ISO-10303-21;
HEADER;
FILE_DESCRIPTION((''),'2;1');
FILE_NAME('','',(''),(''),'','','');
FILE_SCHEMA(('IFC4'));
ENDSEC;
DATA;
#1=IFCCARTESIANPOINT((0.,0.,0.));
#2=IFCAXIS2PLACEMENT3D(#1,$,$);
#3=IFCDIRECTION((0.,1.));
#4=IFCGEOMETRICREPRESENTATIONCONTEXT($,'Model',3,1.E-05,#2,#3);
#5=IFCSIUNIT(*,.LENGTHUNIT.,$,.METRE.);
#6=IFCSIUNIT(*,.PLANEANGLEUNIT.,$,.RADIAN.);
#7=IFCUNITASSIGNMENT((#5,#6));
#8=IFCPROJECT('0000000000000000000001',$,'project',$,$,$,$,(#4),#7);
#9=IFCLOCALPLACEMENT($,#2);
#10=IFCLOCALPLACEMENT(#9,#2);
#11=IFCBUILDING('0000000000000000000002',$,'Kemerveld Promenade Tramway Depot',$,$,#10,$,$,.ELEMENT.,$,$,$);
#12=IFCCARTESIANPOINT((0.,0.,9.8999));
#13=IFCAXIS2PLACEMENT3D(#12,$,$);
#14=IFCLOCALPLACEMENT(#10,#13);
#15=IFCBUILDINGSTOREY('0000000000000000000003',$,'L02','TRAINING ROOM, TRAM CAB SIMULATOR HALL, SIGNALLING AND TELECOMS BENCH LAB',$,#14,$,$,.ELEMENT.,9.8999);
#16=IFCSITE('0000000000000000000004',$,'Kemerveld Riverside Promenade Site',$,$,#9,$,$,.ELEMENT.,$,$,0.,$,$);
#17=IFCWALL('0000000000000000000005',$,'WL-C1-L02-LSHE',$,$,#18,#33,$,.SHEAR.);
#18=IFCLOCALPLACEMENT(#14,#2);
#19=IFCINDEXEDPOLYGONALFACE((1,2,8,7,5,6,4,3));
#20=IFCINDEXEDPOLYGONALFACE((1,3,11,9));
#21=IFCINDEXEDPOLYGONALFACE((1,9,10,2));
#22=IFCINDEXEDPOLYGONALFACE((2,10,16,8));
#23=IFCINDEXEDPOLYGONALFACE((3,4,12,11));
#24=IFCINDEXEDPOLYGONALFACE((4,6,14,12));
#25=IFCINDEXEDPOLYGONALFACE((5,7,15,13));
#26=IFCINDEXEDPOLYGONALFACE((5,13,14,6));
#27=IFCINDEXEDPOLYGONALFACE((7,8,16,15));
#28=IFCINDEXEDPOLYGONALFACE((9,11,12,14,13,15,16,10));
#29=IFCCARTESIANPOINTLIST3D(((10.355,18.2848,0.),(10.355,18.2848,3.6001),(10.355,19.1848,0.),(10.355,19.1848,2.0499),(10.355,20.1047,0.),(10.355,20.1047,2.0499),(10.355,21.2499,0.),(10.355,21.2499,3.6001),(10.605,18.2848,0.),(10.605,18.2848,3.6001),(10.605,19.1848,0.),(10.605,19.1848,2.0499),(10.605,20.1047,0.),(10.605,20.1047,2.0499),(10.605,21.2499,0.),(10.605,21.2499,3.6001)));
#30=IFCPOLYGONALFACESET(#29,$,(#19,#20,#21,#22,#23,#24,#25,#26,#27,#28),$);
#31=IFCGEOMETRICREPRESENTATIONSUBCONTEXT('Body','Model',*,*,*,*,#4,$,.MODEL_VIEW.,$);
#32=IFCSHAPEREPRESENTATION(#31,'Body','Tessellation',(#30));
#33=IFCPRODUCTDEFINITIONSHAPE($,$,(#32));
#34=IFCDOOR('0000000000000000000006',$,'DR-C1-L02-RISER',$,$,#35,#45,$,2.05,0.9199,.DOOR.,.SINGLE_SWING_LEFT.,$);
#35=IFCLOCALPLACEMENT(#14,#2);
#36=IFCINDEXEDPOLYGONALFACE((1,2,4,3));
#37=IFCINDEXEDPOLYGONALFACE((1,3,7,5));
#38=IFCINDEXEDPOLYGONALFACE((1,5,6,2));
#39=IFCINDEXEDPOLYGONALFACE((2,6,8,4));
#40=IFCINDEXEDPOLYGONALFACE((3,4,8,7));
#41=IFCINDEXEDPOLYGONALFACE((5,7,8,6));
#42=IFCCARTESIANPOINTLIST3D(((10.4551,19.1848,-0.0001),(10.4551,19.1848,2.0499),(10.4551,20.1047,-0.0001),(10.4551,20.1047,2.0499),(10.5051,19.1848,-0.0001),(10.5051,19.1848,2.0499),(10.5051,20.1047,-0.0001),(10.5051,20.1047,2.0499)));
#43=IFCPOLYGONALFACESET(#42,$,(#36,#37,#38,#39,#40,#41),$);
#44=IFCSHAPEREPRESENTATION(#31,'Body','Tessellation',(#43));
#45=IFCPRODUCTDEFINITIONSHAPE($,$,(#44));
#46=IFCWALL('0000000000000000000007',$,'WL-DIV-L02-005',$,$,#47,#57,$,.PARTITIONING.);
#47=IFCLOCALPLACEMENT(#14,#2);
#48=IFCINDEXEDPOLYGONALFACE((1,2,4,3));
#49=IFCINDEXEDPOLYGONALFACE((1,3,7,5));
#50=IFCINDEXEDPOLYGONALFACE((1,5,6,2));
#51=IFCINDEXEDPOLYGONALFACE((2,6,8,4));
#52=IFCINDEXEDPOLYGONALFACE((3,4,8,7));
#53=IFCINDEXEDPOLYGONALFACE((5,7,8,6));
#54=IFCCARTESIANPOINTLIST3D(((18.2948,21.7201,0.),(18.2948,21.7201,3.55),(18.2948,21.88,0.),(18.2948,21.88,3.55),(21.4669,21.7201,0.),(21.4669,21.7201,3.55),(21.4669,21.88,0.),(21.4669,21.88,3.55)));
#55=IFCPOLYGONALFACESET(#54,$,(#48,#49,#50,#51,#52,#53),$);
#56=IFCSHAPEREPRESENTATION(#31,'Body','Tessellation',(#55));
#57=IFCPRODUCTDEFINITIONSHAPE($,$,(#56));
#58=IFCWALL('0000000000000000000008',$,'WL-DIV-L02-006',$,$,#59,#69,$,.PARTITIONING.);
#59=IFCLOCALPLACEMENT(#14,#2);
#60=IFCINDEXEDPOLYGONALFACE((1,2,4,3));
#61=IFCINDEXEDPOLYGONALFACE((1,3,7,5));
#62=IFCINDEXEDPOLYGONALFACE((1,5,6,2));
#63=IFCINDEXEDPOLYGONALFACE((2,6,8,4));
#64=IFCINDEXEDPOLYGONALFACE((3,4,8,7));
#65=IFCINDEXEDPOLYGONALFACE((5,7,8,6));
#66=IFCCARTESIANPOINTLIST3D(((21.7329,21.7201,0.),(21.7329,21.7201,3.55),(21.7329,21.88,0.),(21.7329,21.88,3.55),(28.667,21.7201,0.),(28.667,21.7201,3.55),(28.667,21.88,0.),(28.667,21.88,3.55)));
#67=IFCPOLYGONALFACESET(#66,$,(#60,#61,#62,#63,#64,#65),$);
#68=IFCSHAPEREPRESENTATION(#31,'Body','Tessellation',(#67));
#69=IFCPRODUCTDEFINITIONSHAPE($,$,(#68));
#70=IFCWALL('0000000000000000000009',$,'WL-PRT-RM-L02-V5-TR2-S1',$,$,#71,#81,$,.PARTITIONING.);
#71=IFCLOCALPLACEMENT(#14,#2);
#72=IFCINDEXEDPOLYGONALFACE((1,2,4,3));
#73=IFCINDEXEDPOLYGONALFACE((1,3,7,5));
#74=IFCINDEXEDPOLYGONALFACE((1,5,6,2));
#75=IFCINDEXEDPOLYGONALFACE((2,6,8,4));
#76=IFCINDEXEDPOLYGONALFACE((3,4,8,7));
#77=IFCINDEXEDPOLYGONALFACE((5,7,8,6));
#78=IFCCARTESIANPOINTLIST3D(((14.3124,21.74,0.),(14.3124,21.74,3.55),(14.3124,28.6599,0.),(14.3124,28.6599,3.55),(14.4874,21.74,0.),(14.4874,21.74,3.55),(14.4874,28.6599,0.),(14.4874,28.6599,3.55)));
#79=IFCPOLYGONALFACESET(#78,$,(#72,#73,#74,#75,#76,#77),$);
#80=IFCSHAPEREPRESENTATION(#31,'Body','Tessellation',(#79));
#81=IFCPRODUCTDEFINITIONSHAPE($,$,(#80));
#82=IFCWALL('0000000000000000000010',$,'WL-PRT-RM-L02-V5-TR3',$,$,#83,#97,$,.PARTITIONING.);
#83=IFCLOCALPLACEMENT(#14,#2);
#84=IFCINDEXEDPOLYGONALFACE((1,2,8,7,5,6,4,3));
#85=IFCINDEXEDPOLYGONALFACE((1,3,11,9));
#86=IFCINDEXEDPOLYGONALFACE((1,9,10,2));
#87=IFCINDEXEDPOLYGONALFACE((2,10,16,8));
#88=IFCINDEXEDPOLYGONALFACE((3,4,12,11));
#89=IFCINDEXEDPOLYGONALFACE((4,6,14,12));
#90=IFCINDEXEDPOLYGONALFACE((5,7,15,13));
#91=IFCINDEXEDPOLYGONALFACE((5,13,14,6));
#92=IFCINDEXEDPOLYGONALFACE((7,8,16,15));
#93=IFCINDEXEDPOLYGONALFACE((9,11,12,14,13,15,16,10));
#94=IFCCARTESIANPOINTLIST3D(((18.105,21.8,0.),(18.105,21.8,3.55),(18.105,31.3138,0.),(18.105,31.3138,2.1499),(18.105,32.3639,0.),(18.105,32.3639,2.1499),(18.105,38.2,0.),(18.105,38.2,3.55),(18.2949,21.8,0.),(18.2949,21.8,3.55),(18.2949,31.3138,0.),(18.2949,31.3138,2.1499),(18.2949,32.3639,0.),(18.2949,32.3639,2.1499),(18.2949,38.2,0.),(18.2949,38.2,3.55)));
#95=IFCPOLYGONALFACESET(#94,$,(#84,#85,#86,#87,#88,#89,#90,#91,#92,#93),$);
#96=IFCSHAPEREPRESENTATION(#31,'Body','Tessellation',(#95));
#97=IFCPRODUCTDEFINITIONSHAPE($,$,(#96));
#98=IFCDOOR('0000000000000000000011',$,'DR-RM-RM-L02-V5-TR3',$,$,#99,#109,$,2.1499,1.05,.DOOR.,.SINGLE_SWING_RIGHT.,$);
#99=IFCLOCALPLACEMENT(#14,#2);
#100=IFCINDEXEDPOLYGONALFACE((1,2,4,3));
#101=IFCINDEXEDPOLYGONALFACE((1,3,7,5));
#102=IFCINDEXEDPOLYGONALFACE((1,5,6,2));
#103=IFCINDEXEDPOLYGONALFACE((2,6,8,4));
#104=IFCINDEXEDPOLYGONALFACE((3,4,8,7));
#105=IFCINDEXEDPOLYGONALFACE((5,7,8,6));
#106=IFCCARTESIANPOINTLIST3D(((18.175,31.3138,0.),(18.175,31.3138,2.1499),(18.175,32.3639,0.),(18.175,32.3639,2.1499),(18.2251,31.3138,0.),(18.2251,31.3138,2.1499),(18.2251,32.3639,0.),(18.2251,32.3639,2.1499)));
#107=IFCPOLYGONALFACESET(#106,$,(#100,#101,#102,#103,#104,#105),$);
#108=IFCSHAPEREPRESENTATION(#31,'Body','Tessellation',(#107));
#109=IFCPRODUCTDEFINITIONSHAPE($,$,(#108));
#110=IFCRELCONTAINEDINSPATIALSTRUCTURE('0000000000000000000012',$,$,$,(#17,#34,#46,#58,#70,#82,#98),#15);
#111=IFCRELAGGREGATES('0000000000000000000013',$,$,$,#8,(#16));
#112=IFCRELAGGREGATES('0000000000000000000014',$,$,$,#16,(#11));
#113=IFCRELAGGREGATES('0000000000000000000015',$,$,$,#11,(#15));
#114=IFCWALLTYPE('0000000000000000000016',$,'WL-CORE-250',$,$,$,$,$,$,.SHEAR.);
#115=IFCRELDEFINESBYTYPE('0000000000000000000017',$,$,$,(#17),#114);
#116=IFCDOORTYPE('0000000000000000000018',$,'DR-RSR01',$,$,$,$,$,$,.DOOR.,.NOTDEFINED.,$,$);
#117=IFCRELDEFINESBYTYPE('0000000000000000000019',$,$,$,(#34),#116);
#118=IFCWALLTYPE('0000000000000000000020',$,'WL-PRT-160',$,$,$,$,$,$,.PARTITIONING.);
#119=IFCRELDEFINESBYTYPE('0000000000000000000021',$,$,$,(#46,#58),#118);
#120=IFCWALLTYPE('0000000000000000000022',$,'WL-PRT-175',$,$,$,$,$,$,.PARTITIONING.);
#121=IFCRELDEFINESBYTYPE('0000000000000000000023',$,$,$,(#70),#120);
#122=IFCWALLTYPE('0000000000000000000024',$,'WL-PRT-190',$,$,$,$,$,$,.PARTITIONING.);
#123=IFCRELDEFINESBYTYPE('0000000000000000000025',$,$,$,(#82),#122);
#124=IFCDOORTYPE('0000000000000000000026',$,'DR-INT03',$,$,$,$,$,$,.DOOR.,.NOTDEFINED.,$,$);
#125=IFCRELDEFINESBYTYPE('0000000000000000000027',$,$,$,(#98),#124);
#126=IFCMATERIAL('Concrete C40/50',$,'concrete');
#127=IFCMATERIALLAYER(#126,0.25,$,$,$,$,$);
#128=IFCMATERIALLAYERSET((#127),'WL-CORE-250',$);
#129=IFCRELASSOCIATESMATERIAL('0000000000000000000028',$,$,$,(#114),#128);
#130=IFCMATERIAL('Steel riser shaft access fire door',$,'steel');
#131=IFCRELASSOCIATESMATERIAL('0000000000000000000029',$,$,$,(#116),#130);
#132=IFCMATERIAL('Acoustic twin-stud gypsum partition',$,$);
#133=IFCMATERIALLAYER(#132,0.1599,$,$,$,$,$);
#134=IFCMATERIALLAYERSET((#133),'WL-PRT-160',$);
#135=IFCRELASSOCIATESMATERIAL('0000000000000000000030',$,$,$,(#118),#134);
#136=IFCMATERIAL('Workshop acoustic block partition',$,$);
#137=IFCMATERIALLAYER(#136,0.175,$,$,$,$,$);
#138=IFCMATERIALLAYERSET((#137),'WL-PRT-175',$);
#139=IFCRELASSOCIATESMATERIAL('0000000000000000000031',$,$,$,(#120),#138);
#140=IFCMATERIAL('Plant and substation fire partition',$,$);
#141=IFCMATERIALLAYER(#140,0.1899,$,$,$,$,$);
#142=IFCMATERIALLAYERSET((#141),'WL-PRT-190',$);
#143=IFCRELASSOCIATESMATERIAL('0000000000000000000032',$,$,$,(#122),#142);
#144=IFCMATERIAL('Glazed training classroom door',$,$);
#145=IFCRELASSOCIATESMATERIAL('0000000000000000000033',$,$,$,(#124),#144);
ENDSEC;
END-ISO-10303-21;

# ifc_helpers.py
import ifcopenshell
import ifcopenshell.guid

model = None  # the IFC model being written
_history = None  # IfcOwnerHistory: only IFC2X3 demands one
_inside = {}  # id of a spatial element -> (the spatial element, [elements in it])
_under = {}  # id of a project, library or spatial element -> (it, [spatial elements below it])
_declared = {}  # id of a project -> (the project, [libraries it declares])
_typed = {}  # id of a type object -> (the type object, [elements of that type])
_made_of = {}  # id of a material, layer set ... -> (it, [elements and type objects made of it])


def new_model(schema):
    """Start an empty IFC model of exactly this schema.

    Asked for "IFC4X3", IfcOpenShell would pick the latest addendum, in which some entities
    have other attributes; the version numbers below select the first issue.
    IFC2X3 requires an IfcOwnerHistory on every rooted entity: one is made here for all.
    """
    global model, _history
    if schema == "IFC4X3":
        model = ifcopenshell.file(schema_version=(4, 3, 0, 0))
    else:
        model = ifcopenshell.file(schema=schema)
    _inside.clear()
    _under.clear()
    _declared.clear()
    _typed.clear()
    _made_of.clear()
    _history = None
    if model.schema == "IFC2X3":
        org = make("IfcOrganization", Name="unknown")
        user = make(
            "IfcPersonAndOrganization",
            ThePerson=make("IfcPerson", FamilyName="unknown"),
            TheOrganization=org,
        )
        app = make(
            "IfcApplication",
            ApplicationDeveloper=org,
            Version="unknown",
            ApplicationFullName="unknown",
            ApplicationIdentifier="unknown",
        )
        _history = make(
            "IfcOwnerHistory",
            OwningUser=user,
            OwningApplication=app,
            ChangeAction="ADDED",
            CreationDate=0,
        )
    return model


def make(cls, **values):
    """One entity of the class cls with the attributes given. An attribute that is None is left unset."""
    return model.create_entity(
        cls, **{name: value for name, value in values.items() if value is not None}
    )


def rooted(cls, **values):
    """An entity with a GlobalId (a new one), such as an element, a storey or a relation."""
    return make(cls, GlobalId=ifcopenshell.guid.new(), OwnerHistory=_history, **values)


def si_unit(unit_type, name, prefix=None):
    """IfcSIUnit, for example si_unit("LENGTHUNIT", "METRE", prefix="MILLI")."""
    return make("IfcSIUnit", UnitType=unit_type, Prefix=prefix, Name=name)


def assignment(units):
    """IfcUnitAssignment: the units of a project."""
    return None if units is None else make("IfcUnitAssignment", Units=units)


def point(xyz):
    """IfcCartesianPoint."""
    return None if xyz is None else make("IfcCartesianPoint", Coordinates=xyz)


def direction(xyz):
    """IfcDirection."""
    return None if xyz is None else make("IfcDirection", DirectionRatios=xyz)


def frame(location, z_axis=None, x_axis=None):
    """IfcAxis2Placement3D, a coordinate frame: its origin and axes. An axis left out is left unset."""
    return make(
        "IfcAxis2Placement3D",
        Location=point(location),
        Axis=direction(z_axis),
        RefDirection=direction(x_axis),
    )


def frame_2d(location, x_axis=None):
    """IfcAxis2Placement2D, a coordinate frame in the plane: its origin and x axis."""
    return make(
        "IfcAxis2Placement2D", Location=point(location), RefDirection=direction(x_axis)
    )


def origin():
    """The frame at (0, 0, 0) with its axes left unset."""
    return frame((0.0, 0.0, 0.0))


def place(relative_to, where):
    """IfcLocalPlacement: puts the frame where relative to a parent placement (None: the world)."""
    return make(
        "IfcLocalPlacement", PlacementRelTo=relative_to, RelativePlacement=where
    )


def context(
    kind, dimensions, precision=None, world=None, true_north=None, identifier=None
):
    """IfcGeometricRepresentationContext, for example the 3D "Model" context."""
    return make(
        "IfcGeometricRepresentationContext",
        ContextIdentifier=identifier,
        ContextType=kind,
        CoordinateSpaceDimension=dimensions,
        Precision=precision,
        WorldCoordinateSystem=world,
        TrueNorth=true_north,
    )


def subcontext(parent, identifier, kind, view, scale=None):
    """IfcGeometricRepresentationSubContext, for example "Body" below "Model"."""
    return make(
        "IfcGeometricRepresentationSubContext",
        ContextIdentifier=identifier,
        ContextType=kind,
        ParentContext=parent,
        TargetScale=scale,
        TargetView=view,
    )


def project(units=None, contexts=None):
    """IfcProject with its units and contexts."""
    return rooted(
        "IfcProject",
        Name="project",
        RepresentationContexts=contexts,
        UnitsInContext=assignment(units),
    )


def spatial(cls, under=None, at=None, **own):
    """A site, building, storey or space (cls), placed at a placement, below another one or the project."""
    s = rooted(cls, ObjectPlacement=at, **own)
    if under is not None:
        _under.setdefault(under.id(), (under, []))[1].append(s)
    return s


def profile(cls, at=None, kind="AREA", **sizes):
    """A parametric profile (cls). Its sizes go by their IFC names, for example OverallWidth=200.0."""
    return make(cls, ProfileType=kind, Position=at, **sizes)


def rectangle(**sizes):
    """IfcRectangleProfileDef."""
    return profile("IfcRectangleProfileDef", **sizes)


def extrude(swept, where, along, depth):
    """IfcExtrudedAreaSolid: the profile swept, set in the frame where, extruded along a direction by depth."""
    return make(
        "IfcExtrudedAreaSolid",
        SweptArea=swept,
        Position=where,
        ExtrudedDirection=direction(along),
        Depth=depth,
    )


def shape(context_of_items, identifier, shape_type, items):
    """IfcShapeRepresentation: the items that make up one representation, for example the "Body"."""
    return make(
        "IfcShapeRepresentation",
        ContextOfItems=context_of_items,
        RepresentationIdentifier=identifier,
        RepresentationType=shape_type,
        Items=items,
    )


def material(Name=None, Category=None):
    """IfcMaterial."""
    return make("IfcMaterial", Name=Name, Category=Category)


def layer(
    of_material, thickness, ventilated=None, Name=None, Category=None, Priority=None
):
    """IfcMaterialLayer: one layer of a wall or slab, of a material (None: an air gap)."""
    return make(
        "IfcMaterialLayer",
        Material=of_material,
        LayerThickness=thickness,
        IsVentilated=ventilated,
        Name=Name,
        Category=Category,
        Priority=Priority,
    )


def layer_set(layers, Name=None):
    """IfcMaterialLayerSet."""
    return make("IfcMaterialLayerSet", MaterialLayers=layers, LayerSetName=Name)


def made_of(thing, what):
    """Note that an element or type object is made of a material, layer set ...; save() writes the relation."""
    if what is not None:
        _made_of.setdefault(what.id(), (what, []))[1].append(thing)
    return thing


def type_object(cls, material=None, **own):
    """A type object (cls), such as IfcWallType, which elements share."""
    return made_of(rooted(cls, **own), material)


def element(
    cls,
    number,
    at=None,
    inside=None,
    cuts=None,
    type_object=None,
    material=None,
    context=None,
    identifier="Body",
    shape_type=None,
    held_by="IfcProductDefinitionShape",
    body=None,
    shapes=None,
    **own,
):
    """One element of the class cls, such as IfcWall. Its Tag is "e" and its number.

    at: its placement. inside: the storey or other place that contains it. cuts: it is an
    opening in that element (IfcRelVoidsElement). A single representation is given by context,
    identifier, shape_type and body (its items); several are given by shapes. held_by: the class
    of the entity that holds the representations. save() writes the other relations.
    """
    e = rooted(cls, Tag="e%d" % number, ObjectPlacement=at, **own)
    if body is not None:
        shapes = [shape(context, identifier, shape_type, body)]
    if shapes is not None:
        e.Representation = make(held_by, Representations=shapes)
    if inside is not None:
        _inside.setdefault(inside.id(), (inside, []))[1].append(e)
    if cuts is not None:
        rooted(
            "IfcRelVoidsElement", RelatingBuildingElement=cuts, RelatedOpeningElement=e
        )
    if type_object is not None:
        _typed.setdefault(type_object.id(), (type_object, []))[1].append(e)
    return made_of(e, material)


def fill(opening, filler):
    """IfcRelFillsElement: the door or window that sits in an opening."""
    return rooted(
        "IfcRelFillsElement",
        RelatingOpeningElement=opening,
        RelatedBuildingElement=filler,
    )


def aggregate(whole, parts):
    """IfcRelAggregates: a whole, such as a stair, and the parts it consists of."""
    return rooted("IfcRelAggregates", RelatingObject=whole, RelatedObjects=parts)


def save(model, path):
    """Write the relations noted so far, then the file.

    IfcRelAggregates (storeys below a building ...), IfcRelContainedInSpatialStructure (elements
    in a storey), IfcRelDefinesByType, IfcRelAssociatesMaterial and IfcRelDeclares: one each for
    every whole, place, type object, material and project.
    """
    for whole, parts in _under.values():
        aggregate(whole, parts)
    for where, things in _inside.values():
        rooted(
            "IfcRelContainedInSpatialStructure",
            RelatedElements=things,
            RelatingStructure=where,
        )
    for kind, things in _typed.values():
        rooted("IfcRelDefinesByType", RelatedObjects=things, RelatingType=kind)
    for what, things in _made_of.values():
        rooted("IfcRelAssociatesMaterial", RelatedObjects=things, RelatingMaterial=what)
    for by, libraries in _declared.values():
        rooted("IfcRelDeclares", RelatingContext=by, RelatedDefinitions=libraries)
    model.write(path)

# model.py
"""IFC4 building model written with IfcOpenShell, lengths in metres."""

from ifc_helpers import new_model, si_unit, direction, frame, frame_2d, origin, place, context, subcontext, project, spatial, rectangle, extrude, material, layer, layer_set, type_object, element, fill, save


model = new_model("IFC4")

# Units and contexts
model_context = context("Model", 3, precision=1e-05, world=origin(), true_north=direction((0.0, 1.0)))
body_context = subcontext(model_context, "Body", "Model", "MODEL_VIEW")
ifc_project = project(units=[si_unit("LENGTHUNIT", "METRE"), si_unit("PLANEANGLEUNIT", "RADIAN")], contexts=[model_context])

# Site, building, storey
site_placement = place(None, origin())
site = spatial("IfcSite", under=ifc_project, at=site_placement, Name="Kemerveld Riverside Promenade Site", CompositionType="ELEMENT", RefElevation=0.0)
building_placement = place(site_placement, origin())
building = spatial("IfcBuilding", under=site, at=building_placement, Name="Kemerveld Promenade Tramway Depot", CompositionType="ELEMENT")
storey_placement = place(building_placement, frame((0.0, 0.0, 9.8999)))
storey = spatial("IfcBuildingStorey", under=building, at=storey_placement, Name="L02", Description="TRAINING ROOM, TRAM CAB SIMULATOR HALL, SIGNALLING AND TELECOMS BENCH LAB", CompositionType="ELEMENT", Elevation=9.8999)

# Shared definitions
ifc_material_1 = material(Name="Concrete C40/50", Category="concrete")
ifc_layer_1 = layer(ifc_material_1, 0.25)
ifc_layer_set_1 = layer_set([ifc_layer_1], Name="WL-CORE-250")
wall_type_1 = type_object("IfcWallType", Name="WL-CORE-250", PredefinedType="SHEAR", material=ifc_layer_set_1)

# Wall, opening, door
wall_1_placement = place(storey_placement, frame((10.48, 18.2849, 0.0), z_axis=(0.0, 0.0, 1.0), x_axis=(0.0, 1.0, 0.0)))
wall_1 = element("IfcWall", 1, at=wall_1_placement, inside=storey, type_object=wall_type_1, Name="WL-C1-L02-LSHE", PredefinedType="SHEAR", context=body_context, shape_type="SweptSolid", body=[
    extrude(rectangle(XDim=2.9651, YDim=0.25, at=frame_2d((1.4824, 0.0))), origin(), (0.0, 0.0, 1.0), 3.6001),
])
opening_1_placement = place(wall_1_placement, frame((0.8999, 0.0, 0.0)))
opening_1 = element("IfcOpeningElement", 2, at=opening_1_placement, cuts=wall_1, PredefinedType="OPENING", context=body_context, shape_type="SweptSolid", body=[
    extrude(rectangle(XDim=0.9199, YDim=2.05, at=frame_2d((0.46, 1.0249))), frame((0.0, 0.135, 0.0), z_axis=(0.0, -1.0, 0.0), x_axis=(1.0, 0.0, 0.0)), (0.0, 0.0, 1.0), 0.27),
])
ifc_material_2 = material(Name="Steel riser shaft access fire door", Category="steel")
door_type_1 = type_object("IfcDoorType", Name="DR-RSR01", OperationType="NOTDEFINED", PredefinedType="DOOR", material=ifc_material_2)
door_1_placement = place(opening_1_placement, origin())
door_1 = element("IfcDoor", 3, at=door_1_placement, inside=storey, type_object=door_type_1, Name="DR-C1-L02-RISER", OperationType="SINGLE_SWING_LEFT", OverallHeight=2.05, OverallWidth=0.9199, PredefinedType="DOOR", context=body_context, shape_type="SweptSolid", body=[
    extrude(rectangle(XDim=0.9199, YDim=2.05, at=frame_2d((0.46, 1.0249))), frame((0.0, 0.0249, 0.0), z_axis=(0.0, -1.0, 0.0), x_axis=(1.0, 0.0, 0.0)), (0.0, 0.0, 1.0), 0.05),
])
fill(opening_1, door_1)

# Walls
ifc_material_3 = material(Name="Acoustic twin-stud gypsum partition")
ifc_layer_2 = layer(ifc_material_3, 0.1599)
ifc_layer_set_2 = layer_set([ifc_layer_2], Name="WL-PRT-160")
wall_type_2 = type_object("IfcWallType", Name="WL-PRT-160", PredefinedType="PARTITIONING", material=ifc_layer_set_2)
wall_2_placement = place(storey_placement, frame((18.2949, 21.8, 0.0), z_axis=(0.0, 0.0, 1.0), x_axis=(1.0, 0.0, 0.0)))
element("IfcWall", 4, at=wall_2_placement, inside=storey, type_object=wall_type_2, Name="WL-DIV-L02-005", PredefinedType="PARTITIONING", context=body_context, shape_type="SweptSolid", body=[
    extrude(rectangle(XDim=3.1721, YDim=0.1599, at=frame_2d((1.5859, 0.0))), origin(), (0.0, 0.0, 1.0), 3.55),
])
wall_3_placement = place(storey_placement, frame((21.7329, 21.8, 0.0), z_axis=(0.0, 0.0, 1.0), x_axis=(1.0, 0.0, 0.0)))
element("IfcWall", 5, at=wall_3_placement, inside=storey, type_object=wall_type_2, Name="WL-DIV-L02-006", PredefinedType="PARTITIONING", context=body_context, shape_type="SweptSolid", body=[
    extrude(rectangle(XDim=6.9341, YDim=0.1599, at=frame_2d((3.467, 0.0))), origin(), (0.0, 0.0, 1.0), 3.55),
])
ifc_material_4 = material(Name="Workshop acoustic block partition")
ifc_layer_3 = layer(ifc_material_4, 0.175)
ifc_layer_set_3 = layer_set([ifc_layer_3], Name="WL-PRT-175")
wall_type_3 = type_object("IfcWallType", Name="WL-PRT-175", PredefinedType="PARTITIONING", material=ifc_layer_set_3)
wall_4_placement = place(storey_placement, frame((14.3999, 21.74, 0.0), z_axis=(0.0, 0.0, 1.0), x_axis=(0.0, 1.0, 0.0)))
element("IfcWall", 6, at=wall_4_placement, inside=storey, type_object=wall_type_3, Name="WL-PRT-RM-L02-V5-TR2-S1", PredefinedType="PARTITIONING", context=body_context, shape_type="SweptSolid", body=[
    extrude(rectangle(XDim=6.9199, YDim=0.175, at=frame_2d((3.46, 0.0))), origin(), (0.0, 0.0, 1.0), 3.55),
])

# Wall, opening, door
ifc_material_5 = material(Name="Plant and substation fire partition")
ifc_layer_4 = layer(ifc_material_5, 0.1899)
ifc_layer_set_4 = layer_set([ifc_layer_4], Name="WL-PRT-190")
wall_type_4 = type_object("IfcWallType", Name="WL-PRT-190", PredefinedType="PARTITIONING", material=ifc_layer_set_4)
wall_5_placement = place(storey_placement, frame((18.2, 21.8, 0.0), z_axis=(0.0, 0.0, 1.0), x_axis=(0.0, 1.0, 0.0)))
wall_5 = element("IfcWall", 7, at=wall_5_placement, inside=storey, type_object=wall_type_4, Name="WL-PRT-RM-L02-V5-TR3", PredefinedType="PARTITIONING", context=body_context, shape_type="SweptSolid", body=[
    extrude(rectangle(XDim=16.3999, YDim=0.1899, at=frame_2d((8.2, 0.0))), origin(), (0.0, 0.0, 1.0), 3.55),
])
opening_2_placement = place(wall_5_placement, frame((9.5139, 0.0, 0.0)))
opening_2 = element("IfcOpeningElement", 8, at=opening_2_placement, cuts=wall_5, PredefinedType="OPENING", context=body_context, shape_type="SweptSolid", body=[
    extrude(rectangle(XDim=1.05, YDim=2.1499, at=frame_2d((0.5249, 1.075))), frame((0.0, 0.105, 0.0), z_axis=(0.0, -1.0, 0.0), x_axis=(1.0, 0.0, 0.0)), (0.0, 0.0, 1.0), 0.21),
])
ifc_material_6 = material(Name="Glazed training classroom door")
door_type_2 = type_object("IfcDoorType", Name="DR-INT03", OperationType="NOTDEFINED", PredefinedType="DOOR", material=ifc_material_6)
door_2_placement = place(opening_2_placement, origin())
door_2 = element("IfcDoor", 9, at=door_2_placement, inside=storey, type_object=door_type_2, Name="DR-RM-RM-L02-V5-TR3", OperationType="SINGLE_SWING_RIGHT", OverallHeight=2.1499, OverallWidth=1.05, PredefinedType="DOOR", context=body_context, shape_type="SweptSolid", body=[
    extrude(rectangle(XDim=1.05, YDim=2.1499, at=frame_2d((0.5249, 1.075))), frame((0.0, 0.0249, 0.0), z_axis=(0.0, -1.0, 0.0), x_axis=(1.0, 0.0, 0.0)), (0.0, 0.0, 1.0), 0.05),
])
fill(opening_2, door_2)

save(model, "model.ifc")
